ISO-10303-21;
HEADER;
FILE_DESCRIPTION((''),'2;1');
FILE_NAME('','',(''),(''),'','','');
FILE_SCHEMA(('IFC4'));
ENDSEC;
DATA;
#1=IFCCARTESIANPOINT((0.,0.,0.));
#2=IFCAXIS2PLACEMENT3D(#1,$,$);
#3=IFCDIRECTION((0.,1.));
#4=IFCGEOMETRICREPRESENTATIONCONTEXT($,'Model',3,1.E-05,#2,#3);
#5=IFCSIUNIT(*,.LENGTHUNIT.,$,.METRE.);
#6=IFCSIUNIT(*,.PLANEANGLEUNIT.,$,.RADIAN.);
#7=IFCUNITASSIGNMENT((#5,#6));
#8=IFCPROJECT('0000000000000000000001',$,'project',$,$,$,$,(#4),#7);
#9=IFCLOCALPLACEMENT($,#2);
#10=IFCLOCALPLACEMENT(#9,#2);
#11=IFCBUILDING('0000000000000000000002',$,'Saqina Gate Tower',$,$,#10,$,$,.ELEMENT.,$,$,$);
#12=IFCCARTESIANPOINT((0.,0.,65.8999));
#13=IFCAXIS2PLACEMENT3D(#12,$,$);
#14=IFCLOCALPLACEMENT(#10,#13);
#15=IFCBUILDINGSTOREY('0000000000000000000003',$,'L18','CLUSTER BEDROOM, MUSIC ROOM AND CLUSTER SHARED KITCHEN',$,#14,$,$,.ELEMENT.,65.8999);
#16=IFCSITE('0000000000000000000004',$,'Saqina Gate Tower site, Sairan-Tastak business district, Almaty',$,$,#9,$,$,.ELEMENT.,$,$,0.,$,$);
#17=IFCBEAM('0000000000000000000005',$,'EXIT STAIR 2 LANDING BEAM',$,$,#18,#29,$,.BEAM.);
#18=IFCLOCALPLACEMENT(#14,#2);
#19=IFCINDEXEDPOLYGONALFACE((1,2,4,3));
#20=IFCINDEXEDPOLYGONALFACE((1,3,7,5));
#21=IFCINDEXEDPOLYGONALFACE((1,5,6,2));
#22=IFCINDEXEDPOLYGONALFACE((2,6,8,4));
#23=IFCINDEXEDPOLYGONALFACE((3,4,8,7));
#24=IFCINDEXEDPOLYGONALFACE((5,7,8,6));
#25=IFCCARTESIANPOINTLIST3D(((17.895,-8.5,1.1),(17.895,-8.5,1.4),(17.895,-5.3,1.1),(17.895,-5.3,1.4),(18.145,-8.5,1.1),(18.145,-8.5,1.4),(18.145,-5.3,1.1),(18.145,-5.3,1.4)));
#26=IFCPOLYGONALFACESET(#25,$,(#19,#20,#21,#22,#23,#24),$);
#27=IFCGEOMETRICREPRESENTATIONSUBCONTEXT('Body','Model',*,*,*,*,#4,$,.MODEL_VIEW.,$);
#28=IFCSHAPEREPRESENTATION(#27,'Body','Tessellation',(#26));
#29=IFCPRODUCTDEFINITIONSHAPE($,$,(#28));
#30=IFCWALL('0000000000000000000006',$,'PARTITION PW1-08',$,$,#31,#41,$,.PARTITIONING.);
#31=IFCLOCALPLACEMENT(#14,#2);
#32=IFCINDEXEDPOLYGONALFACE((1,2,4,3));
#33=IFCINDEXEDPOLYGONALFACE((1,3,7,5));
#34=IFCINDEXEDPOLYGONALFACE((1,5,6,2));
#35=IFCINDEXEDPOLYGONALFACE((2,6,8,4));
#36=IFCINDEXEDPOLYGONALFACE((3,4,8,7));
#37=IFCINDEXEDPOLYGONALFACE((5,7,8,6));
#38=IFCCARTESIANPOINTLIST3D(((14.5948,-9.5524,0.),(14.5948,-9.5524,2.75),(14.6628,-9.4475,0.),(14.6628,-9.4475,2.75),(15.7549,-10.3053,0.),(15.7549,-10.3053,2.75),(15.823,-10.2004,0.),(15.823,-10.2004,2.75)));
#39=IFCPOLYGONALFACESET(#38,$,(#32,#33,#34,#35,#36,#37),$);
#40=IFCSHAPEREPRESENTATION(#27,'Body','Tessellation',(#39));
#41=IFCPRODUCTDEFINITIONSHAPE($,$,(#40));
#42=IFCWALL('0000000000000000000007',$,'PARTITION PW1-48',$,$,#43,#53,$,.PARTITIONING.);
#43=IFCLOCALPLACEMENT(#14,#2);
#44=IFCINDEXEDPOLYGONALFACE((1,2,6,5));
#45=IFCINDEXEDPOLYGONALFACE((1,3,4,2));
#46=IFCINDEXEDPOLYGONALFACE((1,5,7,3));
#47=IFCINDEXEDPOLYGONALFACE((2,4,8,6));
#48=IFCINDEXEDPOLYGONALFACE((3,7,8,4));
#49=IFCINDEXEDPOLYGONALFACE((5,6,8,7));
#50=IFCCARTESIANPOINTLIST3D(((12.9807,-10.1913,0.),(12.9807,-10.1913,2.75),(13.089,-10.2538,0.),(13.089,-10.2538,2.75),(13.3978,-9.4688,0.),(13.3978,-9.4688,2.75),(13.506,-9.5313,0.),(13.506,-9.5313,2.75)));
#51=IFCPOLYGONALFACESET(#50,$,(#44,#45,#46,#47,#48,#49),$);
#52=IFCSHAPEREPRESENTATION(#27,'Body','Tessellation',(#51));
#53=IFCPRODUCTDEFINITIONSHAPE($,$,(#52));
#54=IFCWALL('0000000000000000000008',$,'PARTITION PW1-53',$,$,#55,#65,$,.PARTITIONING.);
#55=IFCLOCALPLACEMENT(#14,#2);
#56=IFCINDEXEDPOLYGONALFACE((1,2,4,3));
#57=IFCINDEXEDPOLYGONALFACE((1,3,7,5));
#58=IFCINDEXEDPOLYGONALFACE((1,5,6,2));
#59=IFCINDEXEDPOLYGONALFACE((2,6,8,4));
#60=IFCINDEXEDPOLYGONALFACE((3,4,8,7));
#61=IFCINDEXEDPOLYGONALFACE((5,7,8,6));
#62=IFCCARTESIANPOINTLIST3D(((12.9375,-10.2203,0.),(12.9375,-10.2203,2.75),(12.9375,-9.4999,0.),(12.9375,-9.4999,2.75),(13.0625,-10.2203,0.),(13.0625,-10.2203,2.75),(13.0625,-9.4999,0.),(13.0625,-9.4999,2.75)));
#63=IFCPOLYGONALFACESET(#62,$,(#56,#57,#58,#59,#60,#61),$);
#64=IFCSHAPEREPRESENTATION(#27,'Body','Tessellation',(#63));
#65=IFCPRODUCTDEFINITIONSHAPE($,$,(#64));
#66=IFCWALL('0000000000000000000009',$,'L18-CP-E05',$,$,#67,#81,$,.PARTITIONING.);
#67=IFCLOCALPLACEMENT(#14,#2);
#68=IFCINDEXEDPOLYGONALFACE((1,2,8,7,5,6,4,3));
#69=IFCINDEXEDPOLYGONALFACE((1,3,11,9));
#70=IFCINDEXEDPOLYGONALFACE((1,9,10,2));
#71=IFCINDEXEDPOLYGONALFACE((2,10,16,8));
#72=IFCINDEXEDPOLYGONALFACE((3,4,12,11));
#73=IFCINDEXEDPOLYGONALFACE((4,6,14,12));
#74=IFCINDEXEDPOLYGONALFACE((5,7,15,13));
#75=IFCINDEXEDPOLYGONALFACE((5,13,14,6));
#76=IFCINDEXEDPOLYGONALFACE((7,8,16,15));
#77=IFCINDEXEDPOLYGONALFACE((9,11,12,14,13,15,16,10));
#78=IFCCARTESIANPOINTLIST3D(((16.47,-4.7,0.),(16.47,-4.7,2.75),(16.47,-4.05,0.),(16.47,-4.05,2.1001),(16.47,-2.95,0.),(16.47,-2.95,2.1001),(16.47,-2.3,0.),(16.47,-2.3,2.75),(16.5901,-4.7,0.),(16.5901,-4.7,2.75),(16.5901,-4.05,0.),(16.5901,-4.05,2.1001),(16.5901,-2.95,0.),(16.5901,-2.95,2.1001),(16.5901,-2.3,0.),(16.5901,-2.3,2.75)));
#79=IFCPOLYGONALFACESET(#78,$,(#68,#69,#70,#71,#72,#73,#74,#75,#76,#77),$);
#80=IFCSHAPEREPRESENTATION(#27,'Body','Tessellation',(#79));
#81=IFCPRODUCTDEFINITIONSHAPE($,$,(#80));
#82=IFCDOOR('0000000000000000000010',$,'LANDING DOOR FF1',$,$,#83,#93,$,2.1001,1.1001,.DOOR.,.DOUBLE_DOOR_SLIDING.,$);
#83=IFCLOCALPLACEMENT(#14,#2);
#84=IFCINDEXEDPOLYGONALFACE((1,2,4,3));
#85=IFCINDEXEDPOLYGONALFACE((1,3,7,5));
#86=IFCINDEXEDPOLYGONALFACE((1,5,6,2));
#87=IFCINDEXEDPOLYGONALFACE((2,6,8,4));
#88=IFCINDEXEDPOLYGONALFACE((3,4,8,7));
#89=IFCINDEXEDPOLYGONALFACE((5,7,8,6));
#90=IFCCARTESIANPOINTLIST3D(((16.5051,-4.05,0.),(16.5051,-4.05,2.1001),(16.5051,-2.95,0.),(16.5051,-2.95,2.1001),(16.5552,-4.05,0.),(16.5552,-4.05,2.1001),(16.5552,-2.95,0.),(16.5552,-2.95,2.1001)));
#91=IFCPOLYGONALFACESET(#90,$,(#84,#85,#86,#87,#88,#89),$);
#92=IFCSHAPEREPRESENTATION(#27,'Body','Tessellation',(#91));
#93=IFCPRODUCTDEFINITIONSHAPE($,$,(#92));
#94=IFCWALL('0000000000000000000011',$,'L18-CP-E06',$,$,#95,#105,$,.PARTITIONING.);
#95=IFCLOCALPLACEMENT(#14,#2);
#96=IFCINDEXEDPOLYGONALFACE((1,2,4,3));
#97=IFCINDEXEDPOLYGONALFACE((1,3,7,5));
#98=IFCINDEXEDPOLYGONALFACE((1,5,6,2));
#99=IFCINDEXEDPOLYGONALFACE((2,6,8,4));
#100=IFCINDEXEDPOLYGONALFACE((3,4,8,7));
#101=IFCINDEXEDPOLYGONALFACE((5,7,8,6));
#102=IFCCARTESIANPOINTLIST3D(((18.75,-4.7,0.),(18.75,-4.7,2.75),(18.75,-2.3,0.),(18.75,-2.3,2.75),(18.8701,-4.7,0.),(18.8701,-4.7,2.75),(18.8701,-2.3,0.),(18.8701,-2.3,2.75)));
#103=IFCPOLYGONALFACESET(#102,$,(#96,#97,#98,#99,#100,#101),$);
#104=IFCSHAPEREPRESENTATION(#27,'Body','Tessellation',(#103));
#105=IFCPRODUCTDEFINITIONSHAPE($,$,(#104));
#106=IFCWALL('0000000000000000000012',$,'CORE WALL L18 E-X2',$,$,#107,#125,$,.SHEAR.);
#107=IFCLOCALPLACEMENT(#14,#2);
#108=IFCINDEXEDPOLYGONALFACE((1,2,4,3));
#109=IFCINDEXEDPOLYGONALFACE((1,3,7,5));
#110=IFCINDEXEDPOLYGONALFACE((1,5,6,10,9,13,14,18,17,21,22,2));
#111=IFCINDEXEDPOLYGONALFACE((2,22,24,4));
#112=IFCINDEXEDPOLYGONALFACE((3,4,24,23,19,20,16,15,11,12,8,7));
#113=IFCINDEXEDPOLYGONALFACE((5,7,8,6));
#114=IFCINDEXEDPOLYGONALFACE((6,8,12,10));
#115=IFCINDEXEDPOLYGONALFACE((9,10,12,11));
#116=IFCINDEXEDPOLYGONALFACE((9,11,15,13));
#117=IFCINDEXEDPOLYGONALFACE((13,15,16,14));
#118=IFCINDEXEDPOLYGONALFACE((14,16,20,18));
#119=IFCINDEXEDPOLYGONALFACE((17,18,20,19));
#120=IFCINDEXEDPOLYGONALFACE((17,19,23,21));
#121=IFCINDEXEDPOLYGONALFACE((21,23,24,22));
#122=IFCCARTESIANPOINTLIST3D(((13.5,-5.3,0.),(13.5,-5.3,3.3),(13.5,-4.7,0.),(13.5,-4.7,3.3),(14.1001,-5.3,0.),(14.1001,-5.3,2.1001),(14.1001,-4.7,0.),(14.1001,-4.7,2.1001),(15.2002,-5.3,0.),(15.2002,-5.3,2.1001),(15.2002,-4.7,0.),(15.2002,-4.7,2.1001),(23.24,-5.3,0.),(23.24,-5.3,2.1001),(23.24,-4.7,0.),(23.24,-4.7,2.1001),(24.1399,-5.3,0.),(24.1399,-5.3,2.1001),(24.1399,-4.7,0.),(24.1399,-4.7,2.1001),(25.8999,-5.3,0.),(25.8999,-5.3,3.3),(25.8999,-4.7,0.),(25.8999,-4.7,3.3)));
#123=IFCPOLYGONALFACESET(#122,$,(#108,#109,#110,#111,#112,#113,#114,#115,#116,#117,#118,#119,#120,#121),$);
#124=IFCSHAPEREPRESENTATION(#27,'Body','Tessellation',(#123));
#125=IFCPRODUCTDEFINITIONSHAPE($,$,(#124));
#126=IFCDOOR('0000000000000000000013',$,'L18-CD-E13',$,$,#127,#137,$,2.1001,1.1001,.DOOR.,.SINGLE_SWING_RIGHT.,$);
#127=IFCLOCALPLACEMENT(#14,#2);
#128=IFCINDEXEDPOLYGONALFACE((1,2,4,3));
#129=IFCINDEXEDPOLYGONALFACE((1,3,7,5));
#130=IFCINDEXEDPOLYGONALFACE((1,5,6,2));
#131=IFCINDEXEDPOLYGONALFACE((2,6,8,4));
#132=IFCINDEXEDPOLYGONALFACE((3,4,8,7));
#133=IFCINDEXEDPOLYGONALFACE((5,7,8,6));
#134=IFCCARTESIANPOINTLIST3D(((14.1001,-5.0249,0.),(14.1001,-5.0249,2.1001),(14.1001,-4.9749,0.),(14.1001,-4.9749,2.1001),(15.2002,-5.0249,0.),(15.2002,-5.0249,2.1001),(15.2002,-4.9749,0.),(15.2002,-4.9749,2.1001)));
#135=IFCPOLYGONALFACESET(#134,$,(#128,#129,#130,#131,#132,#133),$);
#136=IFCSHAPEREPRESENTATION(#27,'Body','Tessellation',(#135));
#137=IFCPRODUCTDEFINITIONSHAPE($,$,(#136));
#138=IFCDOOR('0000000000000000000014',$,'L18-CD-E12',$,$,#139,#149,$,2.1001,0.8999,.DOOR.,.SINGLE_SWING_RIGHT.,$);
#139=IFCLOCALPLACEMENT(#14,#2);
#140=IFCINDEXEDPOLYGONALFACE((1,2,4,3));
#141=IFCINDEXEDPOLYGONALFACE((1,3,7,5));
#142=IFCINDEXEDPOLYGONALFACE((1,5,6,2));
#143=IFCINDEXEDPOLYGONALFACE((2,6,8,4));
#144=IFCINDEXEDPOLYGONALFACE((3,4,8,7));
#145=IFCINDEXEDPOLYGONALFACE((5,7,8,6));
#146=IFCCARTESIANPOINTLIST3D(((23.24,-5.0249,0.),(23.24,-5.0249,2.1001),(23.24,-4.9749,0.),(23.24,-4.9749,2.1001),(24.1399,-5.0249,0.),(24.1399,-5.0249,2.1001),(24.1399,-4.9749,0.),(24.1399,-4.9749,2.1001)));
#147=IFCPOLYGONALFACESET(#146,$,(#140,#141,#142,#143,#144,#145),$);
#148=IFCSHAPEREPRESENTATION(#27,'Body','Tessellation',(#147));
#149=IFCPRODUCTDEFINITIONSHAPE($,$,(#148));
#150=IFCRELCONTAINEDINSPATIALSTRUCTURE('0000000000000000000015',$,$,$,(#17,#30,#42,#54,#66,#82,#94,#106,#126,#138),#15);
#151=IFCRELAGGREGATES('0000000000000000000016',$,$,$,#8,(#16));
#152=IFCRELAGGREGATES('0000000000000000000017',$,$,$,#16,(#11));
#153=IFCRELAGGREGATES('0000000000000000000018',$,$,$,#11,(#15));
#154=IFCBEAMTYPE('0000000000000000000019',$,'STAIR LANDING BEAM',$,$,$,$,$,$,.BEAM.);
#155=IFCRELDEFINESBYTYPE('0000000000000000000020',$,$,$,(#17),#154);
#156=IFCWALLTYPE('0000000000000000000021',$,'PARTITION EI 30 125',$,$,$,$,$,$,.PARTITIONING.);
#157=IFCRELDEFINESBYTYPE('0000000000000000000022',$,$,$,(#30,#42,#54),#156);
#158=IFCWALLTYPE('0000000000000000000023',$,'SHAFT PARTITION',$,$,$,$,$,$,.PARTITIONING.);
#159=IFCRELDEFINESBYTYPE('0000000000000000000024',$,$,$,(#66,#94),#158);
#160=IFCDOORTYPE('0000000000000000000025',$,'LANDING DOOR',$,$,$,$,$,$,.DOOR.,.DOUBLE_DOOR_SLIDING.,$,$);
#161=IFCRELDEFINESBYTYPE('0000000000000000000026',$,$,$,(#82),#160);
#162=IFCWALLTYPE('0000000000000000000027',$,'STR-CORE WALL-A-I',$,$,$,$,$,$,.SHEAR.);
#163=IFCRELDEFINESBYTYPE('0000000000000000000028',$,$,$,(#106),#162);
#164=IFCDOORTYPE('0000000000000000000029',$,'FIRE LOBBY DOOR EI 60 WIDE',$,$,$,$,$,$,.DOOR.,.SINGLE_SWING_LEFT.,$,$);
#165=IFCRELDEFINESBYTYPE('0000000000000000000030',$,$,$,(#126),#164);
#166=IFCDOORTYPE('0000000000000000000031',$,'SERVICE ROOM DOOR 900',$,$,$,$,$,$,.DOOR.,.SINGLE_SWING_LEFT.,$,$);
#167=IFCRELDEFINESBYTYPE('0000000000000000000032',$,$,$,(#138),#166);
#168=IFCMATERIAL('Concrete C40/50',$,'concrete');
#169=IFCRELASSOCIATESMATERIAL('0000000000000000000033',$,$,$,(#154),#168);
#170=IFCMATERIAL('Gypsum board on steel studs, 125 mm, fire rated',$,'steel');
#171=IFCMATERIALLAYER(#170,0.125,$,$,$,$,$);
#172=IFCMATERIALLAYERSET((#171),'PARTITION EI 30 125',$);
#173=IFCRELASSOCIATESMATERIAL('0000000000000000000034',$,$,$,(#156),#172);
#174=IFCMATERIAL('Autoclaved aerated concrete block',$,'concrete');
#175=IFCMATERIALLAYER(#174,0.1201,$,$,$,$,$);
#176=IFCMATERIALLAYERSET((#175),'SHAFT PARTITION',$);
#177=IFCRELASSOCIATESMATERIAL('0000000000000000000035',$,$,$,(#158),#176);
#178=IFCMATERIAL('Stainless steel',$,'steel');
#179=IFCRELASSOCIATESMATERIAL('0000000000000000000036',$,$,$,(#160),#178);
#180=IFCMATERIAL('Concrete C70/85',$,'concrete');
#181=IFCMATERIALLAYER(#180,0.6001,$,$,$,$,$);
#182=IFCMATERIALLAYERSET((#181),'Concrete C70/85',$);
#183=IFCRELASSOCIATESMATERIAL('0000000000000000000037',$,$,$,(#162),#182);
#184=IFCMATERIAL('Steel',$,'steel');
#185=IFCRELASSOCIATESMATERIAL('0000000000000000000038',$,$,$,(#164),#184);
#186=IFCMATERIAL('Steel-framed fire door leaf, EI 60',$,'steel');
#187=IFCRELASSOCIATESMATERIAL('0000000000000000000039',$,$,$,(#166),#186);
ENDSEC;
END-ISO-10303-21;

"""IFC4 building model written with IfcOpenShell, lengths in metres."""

from ifc_helpers import new_model, si_unit, direction, frame, frame_2d, origin, origin_2d, place, context, subcontext, project, spatial, rectangle, extrude, material, layer, layer_set, material_profile, profile_set, type_object, element, fill, save


model = new_model("IFC4")

# Units and contexts
model_context = context("Model", 3, precision=1e-05, world=origin(), true_north=direction((0.0, 1.0)))
body_context = subcontext(model_context, "Body", "Model", "MODEL_VIEW")
ifc_project = project(units=[si_unit("LENGTHUNIT", "METRE"), si_unit("PLANEANGLEUNIT", "RADIAN")], contexts=[model_context])

# Site, building, storey
site_placement = place(None, origin())
site = spatial("IfcSite", under=ifc_project, at=site_placement, Name="Saqina Gate Tower site, Sairan-Tastak business district, Almaty", CompositionType="ELEMENT", RefElevation=0.0)
building_placement = place(site_placement, origin())
building = spatial("IfcBuilding", under=site, at=building_placement, Name="Saqina Gate Tower", CompositionType="ELEMENT")
storey_placement = place(building_placement, frame((0.0, 0.0, 65.8999)))
storey = spatial("IfcBuildingStorey", under=building, at=storey_placement, Name="L18", Description="CLUSTER BEDROOM, MUSIC ROOM AND CLUSTER SHARED KITCHEN", CompositionType="ELEMENT", Elevation=65.8999)

# Beam
ifc_material_1 = material(Name="Concrete C40/50", Category="concrete")
ifc_material_profile = material_profile(ifc_material_1, rectangle(XDim=0.25, YDim=0.3, at=origin_2d()), Name="STAIR LANDING BEAM")
ifc_profile_set = profile_set([ifc_material_profile], Name="Concrete C40/50")
beam_type = type_object("IfcBeamType", Name="STAIR LANDING BEAM", PredefinedType="BEAM", material=ifc_profile_set)
beam_placement = place(storey_placement, frame((18.02, -8.5, 1.25), z_axis=(0.0, 1.0, 0.0), x_axis=(-1.0, 0.0, 0.0)))
element("IfcBeam", 1, at=beam_placement, inside=storey, type_object=beam_type, Name="EXIT STAIR 2 LANDING BEAM", PredefinedType="BEAM", context=body_context, shape_type="SweptSolid", body=[
    extrude(rectangle(XDim=0.25, YDim=0.3, at=origin_2d()), origin(), (0.0, 0.0, 1.0), 3.2),
])

# Walls
ifc_material_2 = material(Name="Gypsum board on steel studs, 125 mm, fire rated", Category="steel")
ifc_layer_1 = layer(ifc_material_2, 0.125)
ifc_layer_set_1 = layer_set([ifc_layer_1], Name="PARTITION EI 30 125")
wall_type_1 = type_object("IfcWallType", Name="PARTITION EI 30 125", PredefinedType="PARTITIONING", material=ifc_layer_set_1)
wall_1_placement = place(storey_placement, frame((14.6289, -9.5, 0.0), z_axis=(0.0, 0.0, 1.0), x_axis=(0.838831, -0.544393, 0.0)))
element("IfcWall", 2, at=wall_1_placement, inside=storey, type_object=wall_type_1, Name="PARTITION PW1-08", PredefinedType="PARTITIONING", context=body_context, shape_type="SweptSolid", body=[
    extrude(rectangle(XDim=1.3831, YDim=0.125, at=frame_2d((0.6914, 0.0))), origin(), (0.0, 0.0, 1.0), 2.75),
])
wall_2_placement = place(storey_placement, frame((13.0349, -10.2224, 0.0), z_axis=(0.0, 0.0, 1.0), x_axis=(0.499917, 0.866073, 0.0)))
element("IfcWall", 3, at=wall_2_placement, inside=storey, type_object=wall_type_1, Name="PARTITION PW1-48", PredefinedType="PARTITIONING", context=body_context, shape_type="SweptSolid", body=[
    extrude(rectangle(XDim=0.8342, YDim=0.125, at=frame_2d((0.417, 0.0))), origin(), (0.0, 0.0, 1.0), 2.75),
])
wall_3_placement = place(storey_placement, frame((13.0, -10.2205, 0.0), z_axis=(0.0, 0.0, 1.0), x_axis=(0.0, 1.0, 0.0)))
element("IfcWall", 4, at=wall_3_placement, inside=storey, type_object=wall_type_1, Name="PARTITION PW1-53", PredefinedType="PARTITIONING", context=body_context, shape_type="SweptSolid", body=[
    extrude(rectangle(XDim=0.7205, YDim=0.125, at=frame_2d((0.3604, 0.0))), origin(), (0.0, 0.0, 1.0), 2.75),
])

# Wall, opening, door
ifc_material_3 = material(Name="Autoclaved aerated concrete block", Category="concrete")
ifc_layer_2 = layer(ifc_material_3, 0.1201)
ifc_layer_set_2 = layer_set([ifc_layer_2], Name="SHAFT PARTITION")
wall_type_2 = type_object("IfcWallType", Name="SHAFT PARTITION", PredefinedType="PARTITIONING", material=ifc_layer_set_2)
wall_4_placement = place(storey_placement, frame((16.53, -4.7, 0.0), z_axis=(0.0, 0.0, 1.0), x_axis=(0.0, 1.0, 0.0)))
wall_4 = element("IfcWall", 5, at=wall_4_placement, inside=storey, type_object=wall_type_2, Name="L18-CP-E05", PredefinedType="PARTITIONING", context=body_context, shape_type="SweptSolid", body=[
    extrude(rectangle(XDim=2.3999, YDim=0.1201, at=frame_2d((1.2, 0.0))), origin(), (0.0, 0.0, 1.0), 2.75),
])
opening_1_placement = place(wall_4_placement, frame((0.6499, 0.0, 0.0)))
opening_1 = element("IfcOpeningElement", 6, at=opening_1_placement, cuts=wall_4, PredefinedType="OPENING", context=body_context, shape_type="SweptSolid", body=[
    extrude(rectangle(XDim=1.1001, YDim=2.1001, at=frame_2d((0.55, 1.05))), frame((0.0, 0.072, 0.0), z_axis=(0.0, -1.0, 0.0), x_axis=(1.0, 0.0, 0.0)), (0.0, 0.0, 1.0), 0.144),
])
ifc_material_4 = material(Name="Stainless steel", Category="steel")
door_type_1 = type_object("IfcDoorType", Name="LANDING DOOR", OperationType="DOUBLE_DOOR_SLIDING", PredefinedType="DOOR", material=ifc_material_4)
door_1_placement = place(opening_1_placement, origin())
door_1 = element("IfcDoor", 7, at=door_1_placement, inside=storey, type_object=door_type_1, Name="LANDING DOOR FF1", OperationType="DOUBLE_DOOR_SLIDING", OverallHeight=2.1001, OverallWidth=1.1001, PredefinedType="DOOR", context=body_context, shape_type="SweptSolid", body=[
    extrude(rectangle(XDim=1.1001, YDim=2.1001, at=frame_2d((0.55, 1.05))), frame((0.0, 0.0249, 0.0), z_axis=(0.0, -1.0, 0.0), x_axis=(1.0, 0.0, 0.0)), (0.0, 0.0, 1.0), 0.05),
])
fill(opening_1, door_1)

# Wall
wall_5_placement = place(storey_placement, frame((18.8101, -4.7, 0.0), z_axis=(0.0, 0.0, 1.0), x_axis=(0.0, 1.0, 0.0)))
element("IfcWall", 8, at=wall_5_placement, inside=storey, type_object=wall_type_2, Name="L18-CP-E06", PredefinedType="PARTITIONING", context=body_context, shape_type="SweptSolid", body=[
    extrude(rectangle(XDim=2.3999, YDim=0.1201, at=frame_2d((1.2, 0.0))), origin(), (0.0, 0.0, 1.0), 2.75),
])

# Wall, openings, doors
ifc_material_5 = material(Name="Concrete C70/85", Category="concrete")
ifc_layer_3 = layer(ifc_material_5, 0.6001)
ifc_layer_set_3 = layer_set([ifc_layer_3], Name="Concrete C70/85")
wall_type_3 = type_object("IfcWallType", Name="STR-CORE WALL-A-I", PredefinedType="SHEAR", material=ifc_layer_set_3)
wall_6_placement = place(storey_placement, frame((13.5, -5.0, 0.0), z_axis=(0.0, 0.0, 1.0), x_axis=(1.0, 0.0, 0.0)))
wall_6 = element("IfcWall", 9, at=wall_6_placement, inside=storey, type_object=wall_type_3, Name="CORE WALL L18 E-X2", PredefinedType="SHEAR", context=body_context, shape_type="SweptSolid", body=[
    extrude(rectangle(XDim=12.3999, YDim=0.6001, at=frame_2d((6.2, 0.0))), origin(), (0.0, 0.0, 1.0), 3.3),
])
opening_2_placement = place(wall_6_placement, frame((9.74, 0.0, 0.0)))
opening_2 = element("IfcOpeningElement", 10, at=opening_2_placement, cuts=wall_6, PredefinedType="OPENING", context=body_context, shape_type="SweptSolid", body=[
    extrude(rectangle(XDim=0.8999, YDim=2.1001, at=frame_2d((0.45, 1.05))), frame((0.0, 0.312, 0.0), z_axis=(0.0, -1.0, 0.0), x_axis=(1.0, 0.0, 0.0)), (0.0, 0.0, 1.0), 0.624),
])
opening_3_placement = place(wall_6_placement, frame((0.6001, 0.0, 0.0)))
opening_3 = element("IfcOpeningElement", 11, at=opening_3_placement, cuts=wall_6, PredefinedType="OPENING", context=body_context, shape_type="SweptSolid", body=[
    extrude(rectangle(XDim=1.1001, YDim=2.1001, at=frame_2d((0.55, 1.05))), frame((0.0, 0.312, 0.0), z_axis=(0.0, -1.0, 0.0), x_axis=(1.0, 0.0, 0.0)), (0.0, 0.0, 1.0), 0.624),
])
ifc_material_6 = material(Name="Steel", Category="steel")
door_type_2 = type_object("IfcDoorType", Name="FIRE LOBBY DOOR EI 60 WIDE", OperationType="SINGLE_SWING_LEFT", PredefinedType="DOOR", material=ifc_material_6)
door_2_placement = place(opening_3_placement, frame((1.1001, 0.0, 0.0), z_axis=(0.0, 0.0, 1.0), x_axis=(-1.0, 0.0, 0.0)))
door_2 = element("IfcDoor", 12, at=door_2_placement, inside=storey, type_object=door_type_2, Name="L18-CD-E13", OperationType="SINGLE_SWING_RIGHT", OverallHeight=2.1001, OverallWidth=1.1001, PredefinedType="DOOR", context=body_context, shape_type="SweptSolid", body=[
    extrude(rectangle(XDim=1.1001, YDim=2.1001, at=frame_2d((0.55, 1.05))), frame((0.0, 0.0249, 0.0), z_axis=(0.0, -1.0, 0.0), x_axis=(1.0, 0.0, 0.0)), (0.0, 0.0, 1.0), 0.05),
])
fill(opening_3, door_2)
ifc_material_7 = material(Name="Steel-framed fire door leaf, EI 60", Category="steel")
door_type_3 = type_object("IfcDoorType", Name="SERVICE ROOM DOOR 900", OperationType="SINGLE_SWING_LEFT", PredefinedType="DOOR", material=ifc_material_7)
door_3_placement = place(opening_2_placement, frame((0.8999, 0.0, 0.0), z_axis=(0.0, 0.0, 1.0), x_axis=(-1.0, 0.0, 0.0)))
door_3 = element("IfcDoor", 13, at=door_3_placement, inside=storey, type_object=door_type_3, Name="L18-CD-E12", OperationType="SINGLE_SWING_RIGHT", OverallHeight=2.1001, OverallWidth=0.8999, PredefinedType="DOOR", context=body_context, shape_type="SweptSolid", body=[
    extrude(rectangle(XDim=0.8999, YDim=2.1001, at=frame_2d((0.45, 1.05))), frame((0.0, 0.0249, 0.0), z_axis=(0.0, -1.0, 0.0), x_axis=(1.0, 0.0, 0.0)), (0.0, 0.0, 1.0), 0.05),
])
fill(opening_2, door_3)

save(model, "model.ifc")
